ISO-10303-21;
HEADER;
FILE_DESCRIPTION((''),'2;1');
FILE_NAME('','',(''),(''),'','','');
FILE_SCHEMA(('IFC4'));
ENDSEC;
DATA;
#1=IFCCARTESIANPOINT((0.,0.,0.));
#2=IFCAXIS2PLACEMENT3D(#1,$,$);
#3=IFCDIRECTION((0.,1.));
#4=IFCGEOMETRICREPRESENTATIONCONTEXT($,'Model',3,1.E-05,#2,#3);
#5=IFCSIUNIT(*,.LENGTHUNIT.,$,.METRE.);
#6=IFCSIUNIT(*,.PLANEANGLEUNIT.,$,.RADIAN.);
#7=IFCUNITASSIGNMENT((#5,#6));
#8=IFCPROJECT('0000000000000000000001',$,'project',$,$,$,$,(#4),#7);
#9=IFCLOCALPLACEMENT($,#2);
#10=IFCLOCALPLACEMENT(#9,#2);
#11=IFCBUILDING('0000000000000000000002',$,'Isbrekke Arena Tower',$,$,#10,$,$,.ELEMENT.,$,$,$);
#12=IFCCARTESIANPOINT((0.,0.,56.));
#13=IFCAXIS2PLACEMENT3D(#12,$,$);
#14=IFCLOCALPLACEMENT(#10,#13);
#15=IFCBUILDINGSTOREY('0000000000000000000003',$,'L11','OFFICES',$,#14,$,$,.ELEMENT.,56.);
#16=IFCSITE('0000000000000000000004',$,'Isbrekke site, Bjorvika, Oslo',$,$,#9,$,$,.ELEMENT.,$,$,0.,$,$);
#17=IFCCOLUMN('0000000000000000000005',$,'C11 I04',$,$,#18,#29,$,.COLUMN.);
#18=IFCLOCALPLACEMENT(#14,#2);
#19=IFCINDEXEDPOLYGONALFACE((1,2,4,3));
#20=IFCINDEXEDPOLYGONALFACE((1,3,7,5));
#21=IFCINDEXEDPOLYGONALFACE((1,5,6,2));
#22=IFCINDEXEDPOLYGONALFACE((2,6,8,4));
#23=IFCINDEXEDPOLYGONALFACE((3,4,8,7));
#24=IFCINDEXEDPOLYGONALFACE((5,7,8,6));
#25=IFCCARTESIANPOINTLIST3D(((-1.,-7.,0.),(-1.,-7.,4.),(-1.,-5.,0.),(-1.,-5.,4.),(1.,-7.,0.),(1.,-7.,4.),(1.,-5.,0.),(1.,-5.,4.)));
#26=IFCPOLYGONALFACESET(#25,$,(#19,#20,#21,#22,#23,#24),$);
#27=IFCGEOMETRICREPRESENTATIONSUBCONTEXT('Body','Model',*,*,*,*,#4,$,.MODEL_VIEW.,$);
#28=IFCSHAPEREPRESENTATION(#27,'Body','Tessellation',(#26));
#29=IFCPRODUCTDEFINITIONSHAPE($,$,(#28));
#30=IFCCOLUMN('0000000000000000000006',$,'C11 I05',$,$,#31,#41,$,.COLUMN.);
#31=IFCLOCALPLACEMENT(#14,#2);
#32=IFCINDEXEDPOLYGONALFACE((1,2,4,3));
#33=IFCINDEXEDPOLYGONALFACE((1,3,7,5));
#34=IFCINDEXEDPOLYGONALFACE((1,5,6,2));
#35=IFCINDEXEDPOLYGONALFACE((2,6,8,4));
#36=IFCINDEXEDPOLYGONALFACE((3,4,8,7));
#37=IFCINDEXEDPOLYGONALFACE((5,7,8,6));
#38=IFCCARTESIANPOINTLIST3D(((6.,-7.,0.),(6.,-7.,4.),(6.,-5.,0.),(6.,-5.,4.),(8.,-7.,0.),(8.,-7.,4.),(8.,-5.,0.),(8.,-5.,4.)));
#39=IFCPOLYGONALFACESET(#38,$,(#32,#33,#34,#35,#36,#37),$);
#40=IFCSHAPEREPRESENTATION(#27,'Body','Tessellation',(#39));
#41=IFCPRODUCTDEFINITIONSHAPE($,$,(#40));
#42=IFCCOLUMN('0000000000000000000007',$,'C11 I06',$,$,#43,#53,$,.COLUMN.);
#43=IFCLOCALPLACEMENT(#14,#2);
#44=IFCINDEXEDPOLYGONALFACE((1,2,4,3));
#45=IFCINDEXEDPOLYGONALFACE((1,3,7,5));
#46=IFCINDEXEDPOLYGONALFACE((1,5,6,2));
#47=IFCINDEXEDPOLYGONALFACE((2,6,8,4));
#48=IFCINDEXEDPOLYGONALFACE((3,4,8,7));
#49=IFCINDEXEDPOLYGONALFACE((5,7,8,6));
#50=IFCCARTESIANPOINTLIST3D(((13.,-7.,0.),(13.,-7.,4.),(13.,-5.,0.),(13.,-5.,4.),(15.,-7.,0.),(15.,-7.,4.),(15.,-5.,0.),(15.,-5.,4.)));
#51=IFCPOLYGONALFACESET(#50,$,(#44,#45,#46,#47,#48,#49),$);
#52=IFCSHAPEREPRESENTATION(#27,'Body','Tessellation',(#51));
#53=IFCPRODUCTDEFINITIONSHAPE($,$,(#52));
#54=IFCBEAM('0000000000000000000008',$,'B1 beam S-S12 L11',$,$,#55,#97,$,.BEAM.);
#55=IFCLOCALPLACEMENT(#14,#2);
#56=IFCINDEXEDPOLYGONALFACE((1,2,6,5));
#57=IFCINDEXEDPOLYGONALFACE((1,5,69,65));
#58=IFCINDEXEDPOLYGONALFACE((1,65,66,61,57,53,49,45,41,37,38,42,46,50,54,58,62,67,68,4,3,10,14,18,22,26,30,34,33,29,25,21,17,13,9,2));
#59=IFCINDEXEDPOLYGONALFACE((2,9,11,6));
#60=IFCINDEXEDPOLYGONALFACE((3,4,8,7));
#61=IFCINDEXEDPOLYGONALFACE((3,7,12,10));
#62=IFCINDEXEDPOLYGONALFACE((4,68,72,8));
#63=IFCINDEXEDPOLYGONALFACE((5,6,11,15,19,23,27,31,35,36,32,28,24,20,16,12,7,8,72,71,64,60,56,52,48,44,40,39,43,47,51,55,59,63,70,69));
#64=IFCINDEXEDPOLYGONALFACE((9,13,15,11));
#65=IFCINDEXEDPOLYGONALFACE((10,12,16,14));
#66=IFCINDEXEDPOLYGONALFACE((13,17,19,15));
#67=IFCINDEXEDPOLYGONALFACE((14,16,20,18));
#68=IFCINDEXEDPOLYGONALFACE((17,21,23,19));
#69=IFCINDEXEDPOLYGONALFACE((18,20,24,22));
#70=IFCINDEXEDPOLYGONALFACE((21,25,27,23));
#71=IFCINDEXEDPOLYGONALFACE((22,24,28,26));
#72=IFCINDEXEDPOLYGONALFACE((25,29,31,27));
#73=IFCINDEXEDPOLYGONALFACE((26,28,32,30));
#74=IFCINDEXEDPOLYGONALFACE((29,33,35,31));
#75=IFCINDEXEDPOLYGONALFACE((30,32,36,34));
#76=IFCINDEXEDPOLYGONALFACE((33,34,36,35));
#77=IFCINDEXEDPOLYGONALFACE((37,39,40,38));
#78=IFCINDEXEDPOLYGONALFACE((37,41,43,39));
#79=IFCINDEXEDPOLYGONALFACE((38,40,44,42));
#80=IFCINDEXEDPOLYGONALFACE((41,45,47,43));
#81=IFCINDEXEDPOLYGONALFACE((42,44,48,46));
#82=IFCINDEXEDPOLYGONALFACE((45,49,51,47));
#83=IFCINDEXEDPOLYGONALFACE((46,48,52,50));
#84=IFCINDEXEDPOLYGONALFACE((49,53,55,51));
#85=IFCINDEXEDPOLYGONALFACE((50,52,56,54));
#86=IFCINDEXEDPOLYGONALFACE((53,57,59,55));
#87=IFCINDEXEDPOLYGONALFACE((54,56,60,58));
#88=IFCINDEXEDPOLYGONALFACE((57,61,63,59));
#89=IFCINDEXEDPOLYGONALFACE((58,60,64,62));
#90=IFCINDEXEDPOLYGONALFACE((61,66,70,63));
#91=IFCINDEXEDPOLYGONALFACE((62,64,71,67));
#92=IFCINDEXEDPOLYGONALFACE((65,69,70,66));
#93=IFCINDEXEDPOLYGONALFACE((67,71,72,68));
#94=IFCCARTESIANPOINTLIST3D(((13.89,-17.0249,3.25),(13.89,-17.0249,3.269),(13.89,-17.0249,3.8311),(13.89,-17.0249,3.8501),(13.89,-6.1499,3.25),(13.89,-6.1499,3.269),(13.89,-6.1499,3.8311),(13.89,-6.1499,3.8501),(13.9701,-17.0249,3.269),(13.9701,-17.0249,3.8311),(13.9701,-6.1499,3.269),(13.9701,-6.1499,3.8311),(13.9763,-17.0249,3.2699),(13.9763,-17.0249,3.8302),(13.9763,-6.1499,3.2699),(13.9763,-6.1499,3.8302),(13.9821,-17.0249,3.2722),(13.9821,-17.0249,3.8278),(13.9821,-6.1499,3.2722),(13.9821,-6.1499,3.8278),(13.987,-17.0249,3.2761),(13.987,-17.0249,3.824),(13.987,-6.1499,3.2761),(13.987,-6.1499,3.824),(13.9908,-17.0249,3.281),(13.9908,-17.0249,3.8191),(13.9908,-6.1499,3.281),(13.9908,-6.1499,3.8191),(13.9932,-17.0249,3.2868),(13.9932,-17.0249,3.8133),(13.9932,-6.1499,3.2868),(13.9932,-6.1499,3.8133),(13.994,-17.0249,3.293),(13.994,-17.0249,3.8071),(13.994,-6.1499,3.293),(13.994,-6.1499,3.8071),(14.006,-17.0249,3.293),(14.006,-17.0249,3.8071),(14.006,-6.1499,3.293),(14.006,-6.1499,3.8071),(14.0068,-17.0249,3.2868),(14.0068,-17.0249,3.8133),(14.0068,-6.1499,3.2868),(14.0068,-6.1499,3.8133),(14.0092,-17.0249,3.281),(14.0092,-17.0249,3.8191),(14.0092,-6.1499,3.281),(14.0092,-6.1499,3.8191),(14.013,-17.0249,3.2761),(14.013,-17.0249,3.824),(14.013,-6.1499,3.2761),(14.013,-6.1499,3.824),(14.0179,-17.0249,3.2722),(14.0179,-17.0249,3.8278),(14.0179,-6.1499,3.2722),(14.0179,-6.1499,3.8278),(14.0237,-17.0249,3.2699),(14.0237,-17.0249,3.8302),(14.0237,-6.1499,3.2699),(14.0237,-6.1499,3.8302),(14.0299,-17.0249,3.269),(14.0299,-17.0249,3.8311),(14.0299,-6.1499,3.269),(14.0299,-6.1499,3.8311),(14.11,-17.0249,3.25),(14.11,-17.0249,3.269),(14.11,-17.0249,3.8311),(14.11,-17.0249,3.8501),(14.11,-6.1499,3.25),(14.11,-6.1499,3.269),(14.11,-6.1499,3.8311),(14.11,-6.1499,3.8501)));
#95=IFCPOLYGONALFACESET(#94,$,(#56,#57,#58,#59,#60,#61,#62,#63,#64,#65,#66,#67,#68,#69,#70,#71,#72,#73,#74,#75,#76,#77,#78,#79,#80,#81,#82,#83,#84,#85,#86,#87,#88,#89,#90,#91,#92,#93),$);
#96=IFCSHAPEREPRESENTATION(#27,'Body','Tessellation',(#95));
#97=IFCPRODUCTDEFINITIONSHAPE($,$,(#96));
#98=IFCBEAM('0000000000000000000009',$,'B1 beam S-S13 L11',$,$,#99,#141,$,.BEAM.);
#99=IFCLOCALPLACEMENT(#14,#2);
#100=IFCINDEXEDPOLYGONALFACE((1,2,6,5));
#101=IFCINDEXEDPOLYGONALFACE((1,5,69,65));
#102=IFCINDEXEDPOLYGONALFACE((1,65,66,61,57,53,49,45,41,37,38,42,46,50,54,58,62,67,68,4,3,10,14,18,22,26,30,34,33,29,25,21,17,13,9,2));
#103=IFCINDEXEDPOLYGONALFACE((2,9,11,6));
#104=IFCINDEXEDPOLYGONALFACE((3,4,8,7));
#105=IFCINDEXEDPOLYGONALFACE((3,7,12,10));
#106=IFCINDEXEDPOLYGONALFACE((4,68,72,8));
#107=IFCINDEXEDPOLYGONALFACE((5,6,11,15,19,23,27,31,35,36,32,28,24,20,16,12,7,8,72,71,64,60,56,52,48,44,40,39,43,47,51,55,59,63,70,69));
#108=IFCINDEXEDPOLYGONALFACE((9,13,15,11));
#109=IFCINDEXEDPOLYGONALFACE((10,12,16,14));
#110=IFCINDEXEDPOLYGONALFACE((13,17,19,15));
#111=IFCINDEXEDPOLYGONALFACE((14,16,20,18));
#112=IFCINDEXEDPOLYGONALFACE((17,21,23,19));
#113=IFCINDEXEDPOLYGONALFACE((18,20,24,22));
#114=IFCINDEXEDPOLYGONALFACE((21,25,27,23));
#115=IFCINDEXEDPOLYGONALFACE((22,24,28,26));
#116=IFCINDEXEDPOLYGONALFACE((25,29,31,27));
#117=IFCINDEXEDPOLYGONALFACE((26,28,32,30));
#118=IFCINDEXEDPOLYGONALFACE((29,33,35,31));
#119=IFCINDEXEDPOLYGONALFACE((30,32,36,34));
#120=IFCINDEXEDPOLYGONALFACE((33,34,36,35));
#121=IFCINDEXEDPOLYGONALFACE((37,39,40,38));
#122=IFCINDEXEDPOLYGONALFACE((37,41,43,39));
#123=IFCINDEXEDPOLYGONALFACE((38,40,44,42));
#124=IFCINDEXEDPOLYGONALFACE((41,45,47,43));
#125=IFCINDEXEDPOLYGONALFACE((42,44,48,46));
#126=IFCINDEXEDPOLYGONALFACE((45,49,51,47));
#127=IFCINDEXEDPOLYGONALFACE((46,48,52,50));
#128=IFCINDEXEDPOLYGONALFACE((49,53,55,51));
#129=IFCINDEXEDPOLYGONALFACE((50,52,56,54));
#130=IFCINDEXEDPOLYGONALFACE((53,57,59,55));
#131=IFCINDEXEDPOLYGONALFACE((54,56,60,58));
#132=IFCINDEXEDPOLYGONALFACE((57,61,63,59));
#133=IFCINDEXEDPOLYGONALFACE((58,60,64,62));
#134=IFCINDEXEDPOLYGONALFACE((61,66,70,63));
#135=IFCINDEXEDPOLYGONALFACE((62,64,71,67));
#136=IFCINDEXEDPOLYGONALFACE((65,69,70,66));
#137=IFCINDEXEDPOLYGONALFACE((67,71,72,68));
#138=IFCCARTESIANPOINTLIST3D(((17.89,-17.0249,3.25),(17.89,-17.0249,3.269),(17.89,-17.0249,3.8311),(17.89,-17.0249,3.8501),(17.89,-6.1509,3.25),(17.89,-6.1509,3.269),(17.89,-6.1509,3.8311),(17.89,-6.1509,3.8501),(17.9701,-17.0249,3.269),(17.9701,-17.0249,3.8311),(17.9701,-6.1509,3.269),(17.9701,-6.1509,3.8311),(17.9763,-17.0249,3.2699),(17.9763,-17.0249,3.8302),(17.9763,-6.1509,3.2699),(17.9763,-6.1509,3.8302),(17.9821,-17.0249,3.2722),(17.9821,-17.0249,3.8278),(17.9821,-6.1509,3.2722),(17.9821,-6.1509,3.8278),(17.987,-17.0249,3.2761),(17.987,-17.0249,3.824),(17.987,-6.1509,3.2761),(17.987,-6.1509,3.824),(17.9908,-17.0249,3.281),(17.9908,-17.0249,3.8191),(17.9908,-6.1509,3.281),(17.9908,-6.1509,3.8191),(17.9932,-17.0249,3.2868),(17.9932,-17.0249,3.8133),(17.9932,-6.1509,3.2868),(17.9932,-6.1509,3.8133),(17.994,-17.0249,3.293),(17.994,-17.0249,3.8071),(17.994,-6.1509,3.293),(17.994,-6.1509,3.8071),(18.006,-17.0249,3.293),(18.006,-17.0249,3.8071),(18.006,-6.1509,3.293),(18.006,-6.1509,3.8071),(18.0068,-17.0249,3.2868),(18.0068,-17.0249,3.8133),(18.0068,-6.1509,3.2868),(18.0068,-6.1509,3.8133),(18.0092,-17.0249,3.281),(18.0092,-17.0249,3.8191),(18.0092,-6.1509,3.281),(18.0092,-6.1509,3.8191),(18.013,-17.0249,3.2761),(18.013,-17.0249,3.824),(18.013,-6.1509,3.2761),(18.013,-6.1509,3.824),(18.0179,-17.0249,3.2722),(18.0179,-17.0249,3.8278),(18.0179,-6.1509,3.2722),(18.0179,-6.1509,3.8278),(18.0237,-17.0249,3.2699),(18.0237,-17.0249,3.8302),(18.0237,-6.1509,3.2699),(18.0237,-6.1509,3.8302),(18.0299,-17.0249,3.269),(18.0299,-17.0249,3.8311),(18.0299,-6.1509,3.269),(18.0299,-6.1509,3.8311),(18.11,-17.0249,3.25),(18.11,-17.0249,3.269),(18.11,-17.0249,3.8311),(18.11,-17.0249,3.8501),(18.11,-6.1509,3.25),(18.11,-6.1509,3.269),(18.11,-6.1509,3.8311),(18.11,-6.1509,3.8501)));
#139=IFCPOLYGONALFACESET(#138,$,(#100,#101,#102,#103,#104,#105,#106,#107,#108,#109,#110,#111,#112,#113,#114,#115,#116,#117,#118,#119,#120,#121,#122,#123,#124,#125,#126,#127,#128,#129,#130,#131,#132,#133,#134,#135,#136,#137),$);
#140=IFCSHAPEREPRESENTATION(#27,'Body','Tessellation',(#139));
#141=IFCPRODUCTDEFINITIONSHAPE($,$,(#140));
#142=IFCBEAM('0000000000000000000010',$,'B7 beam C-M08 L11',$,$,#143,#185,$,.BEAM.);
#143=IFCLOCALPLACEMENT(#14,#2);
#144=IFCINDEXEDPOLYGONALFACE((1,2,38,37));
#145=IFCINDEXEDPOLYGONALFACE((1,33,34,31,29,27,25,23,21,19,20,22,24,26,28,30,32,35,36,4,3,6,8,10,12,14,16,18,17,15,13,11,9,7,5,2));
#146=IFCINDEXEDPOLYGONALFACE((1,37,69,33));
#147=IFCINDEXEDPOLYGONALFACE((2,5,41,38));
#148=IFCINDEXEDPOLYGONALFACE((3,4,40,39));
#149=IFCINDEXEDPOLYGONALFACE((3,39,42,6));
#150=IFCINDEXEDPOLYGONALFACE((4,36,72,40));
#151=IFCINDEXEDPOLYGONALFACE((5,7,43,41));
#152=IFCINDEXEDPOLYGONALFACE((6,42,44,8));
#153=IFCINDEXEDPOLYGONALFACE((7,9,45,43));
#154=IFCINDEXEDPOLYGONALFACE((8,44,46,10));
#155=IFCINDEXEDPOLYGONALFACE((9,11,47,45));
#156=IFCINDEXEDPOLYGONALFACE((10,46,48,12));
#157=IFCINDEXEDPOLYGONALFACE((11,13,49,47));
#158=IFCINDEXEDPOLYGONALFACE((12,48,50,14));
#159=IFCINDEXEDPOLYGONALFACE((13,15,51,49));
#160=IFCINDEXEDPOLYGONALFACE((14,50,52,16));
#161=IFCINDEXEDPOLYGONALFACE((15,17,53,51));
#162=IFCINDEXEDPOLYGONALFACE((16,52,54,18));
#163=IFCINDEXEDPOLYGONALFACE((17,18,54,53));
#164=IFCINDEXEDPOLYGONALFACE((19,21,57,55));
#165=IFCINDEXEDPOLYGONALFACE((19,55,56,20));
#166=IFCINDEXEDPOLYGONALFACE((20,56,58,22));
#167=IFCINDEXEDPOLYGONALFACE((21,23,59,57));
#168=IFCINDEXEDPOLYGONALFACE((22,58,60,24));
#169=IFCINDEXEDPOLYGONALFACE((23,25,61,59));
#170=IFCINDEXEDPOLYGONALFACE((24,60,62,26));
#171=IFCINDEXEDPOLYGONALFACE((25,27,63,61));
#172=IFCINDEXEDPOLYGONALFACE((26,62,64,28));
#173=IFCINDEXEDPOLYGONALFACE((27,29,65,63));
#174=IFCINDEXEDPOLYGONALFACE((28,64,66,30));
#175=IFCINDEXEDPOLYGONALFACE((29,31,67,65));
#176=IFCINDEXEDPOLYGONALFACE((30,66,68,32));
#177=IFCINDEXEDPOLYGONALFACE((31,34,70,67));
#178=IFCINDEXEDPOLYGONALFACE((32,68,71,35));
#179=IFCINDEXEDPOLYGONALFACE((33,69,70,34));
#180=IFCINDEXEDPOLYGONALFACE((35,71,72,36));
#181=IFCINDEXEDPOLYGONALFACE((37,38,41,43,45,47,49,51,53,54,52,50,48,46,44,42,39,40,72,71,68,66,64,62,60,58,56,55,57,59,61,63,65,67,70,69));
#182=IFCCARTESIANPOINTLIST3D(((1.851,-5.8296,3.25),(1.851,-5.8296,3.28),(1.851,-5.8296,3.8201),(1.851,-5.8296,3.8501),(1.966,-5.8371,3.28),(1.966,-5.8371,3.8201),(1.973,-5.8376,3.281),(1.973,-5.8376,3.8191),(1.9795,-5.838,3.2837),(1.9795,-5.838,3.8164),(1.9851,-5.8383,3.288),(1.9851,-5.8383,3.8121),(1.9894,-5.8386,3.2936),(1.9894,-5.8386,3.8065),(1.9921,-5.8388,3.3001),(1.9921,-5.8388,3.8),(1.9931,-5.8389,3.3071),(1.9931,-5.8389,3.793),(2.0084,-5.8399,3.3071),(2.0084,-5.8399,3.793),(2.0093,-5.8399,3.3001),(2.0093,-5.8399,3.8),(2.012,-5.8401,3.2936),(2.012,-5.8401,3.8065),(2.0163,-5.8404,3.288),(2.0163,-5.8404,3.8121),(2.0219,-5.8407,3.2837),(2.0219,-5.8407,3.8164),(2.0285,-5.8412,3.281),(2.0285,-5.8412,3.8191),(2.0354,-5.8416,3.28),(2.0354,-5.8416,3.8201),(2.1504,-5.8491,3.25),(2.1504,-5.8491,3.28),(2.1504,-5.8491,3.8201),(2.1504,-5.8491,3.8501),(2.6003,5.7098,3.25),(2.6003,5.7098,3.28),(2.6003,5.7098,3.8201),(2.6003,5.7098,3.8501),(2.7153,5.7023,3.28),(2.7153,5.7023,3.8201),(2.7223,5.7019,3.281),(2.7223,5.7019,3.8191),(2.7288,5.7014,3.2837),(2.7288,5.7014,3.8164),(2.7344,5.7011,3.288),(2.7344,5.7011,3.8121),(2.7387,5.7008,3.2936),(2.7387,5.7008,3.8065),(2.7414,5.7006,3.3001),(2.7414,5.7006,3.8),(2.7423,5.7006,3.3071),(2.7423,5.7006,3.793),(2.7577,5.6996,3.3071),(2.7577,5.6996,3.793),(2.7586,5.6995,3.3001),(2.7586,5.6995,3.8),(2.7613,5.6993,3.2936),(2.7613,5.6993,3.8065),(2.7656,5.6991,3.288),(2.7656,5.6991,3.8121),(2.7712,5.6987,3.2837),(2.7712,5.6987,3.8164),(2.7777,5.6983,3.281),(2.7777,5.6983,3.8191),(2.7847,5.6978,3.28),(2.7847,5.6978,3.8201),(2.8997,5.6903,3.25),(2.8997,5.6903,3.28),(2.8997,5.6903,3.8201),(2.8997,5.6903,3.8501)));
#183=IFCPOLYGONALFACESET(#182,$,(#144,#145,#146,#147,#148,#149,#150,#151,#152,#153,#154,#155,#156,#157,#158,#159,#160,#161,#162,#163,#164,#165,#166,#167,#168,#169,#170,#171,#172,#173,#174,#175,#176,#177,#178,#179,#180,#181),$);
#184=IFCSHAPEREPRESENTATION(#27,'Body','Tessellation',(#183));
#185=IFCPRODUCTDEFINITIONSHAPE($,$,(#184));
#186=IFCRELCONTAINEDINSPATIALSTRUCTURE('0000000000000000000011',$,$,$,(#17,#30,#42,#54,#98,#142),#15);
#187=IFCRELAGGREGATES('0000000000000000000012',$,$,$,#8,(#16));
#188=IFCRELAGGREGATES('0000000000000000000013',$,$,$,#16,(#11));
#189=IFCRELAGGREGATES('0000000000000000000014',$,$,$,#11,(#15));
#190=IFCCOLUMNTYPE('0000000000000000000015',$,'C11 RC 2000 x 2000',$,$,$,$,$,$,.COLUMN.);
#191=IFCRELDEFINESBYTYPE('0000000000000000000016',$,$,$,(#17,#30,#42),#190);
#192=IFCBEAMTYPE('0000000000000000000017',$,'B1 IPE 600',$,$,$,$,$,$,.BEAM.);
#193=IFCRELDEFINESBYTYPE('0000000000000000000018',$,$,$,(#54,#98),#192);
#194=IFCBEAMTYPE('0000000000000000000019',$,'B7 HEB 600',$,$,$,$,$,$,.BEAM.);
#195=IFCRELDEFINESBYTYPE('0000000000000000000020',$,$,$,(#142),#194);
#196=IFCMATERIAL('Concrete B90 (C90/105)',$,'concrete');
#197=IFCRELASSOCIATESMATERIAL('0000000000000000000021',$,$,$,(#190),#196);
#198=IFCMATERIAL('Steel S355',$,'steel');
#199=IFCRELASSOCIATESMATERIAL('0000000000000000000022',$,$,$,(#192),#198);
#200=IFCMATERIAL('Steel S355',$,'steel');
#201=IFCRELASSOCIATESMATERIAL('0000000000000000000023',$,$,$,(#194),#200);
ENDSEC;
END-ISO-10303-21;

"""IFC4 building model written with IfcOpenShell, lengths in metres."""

from ifc_helpers import new_model, si_unit, direction, frame, origin, origin_2d, place, context, subcontext, project, spatial, rectangle, i_section, extrude, material, material_profile, profile_set, type_object, element, save


model = new_model("IFC4")

# Units and contexts
model_context = context("Model", 3, precision=1e-05, world=origin(), true_north=direction((0.0, 1.0)))
body_context = subcontext(model_context, "Body", "Model", "MODEL_VIEW")
ifc_project = project(units=[si_unit("LENGTHUNIT", "METRE"), si_unit("PLANEANGLEUNIT", "RADIAN")], contexts=[model_context])

# Site, building, storey
site_placement = place(None, origin())
site = spatial("IfcSite", under=ifc_project, at=site_placement, Name="Isbrekke site, Bjorvika, Oslo", CompositionType="ELEMENT", RefElevation=0.0)
building_placement = place(site_placement, origin())
building = spatial("IfcBuilding", under=site, at=building_placement, Name="Isbrekke Arena Tower", CompositionType="ELEMENT")
storey_placement = place(building_placement, frame((0.0, 0.0, 56.0)))
storey = spatial("IfcBuildingStorey", under=building, at=storey_placement, Name="L11", Description="OFFICES", CompositionType="ELEMENT", Elevation=56.0)

# Columns
ifc_material_1 = material(Name="Concrete B90 (C90/105)", Category="concrete")
ifc_material_profile_1 = material_profile(ifc_material_1, rectangle(XDim=2.0, YDim=2.0, at=origin_2d()), Name="RC 2000x2000")
ifc_profile_set_1 = profile_set([ifc_material_profile_1], Name="Concrete B90 (C90/105)")
column_type = type_object("IfcColumnType", Name="C11 RC 2000 x 2000", PredefinedType="COLUMN", material=ifc_profile_set_1)
for number, where, z_axis, x_axis, name in (
    (1, (0.0, -6.0, 0.0), (0.0, 0.0, 1.0), (1.0, 0.0, 0.0), "C11 I04"),
    (2, (7.0, -6.0, 0.0), (0.0, 0.0, 1.0), (1.0, 0.0, 0.0), "C11 I05"),
    (3, (14.0, -6.0, 0.0), (0.0, 0.0, 1.0), (1.0, 0.0, 0.0), "C11 I06"),
):
    element("IfcColumn", number, at=place(storey_placement, frame(where, z_axis=z_axis, x_axis=x_axis)), inside=storey, type_object=column_type, Name=name, PredefinedType="COLUMN", context=body_context, shape_type="SweptSolid", body=[
        extrude(rectangle(XDim=2.0, YDim=2.0, at=origin_2d()), origin(), (0.0, 0.0, 1.0), 4.0),
    ])

# Beams
ifc_material_2 = material(Name="Steel S355", Category="steel")
ifc_material_profile_2 = material_profile(ifc_material_2, i_section(OverallWidth=0.22, OverallDepth=0.6001, WebThickness=0.012, FlangeThickness=0.019, FilletRadius=0.0239, at=origin_2d()), Name="IPE 600")
ifc_profile_set_2 = profile_set([ifc_material_profile_2], Name="Steel S355")
beam_type_1 = type_object("IfcBeamType", Name="B1 IPE 600", PredefinedType="BEAM", material=ifc_profile_set_2)
beam_1_placement = place(storey_placement, frame((14.0, -17.0249, 3.55), z_axis=(0.0, 1.0, 0.0), x_axis=(-1.0, 0.0, 0.0)))
element("IfcBeam", 4, at=beam_1_placement, inside=storey, type_object=beam_type_1, Name="B1 beam S-S12 L11", PredefinedType="BEAM", context=body_context, shape_type="SweptSolid", body=[
    extrude(i_section(OverallWidth=0.22, OverallDepth=0.6001, WebThickness=0.012, FlangeThickness=0.019, FilletRadius=0.0239, at=origin_2d()), origin(), (0.0, 0.0, 1.0), 10.875),
])
beam_2_placement = place(storey_placement, frame((18.0, -17.0249, 3.55), z_axis=(0.0, 1.0, 0.0), x_axis=(-1.0, 0.0, 0.0)))
element("IfcBeam", 5, at=beam_2_placement, inside=storey, type_object=beam_type_1, Name="B1 beam S-S13 L11", PredefinedType="BEAM", context=body_context, shape_type="SweptSolid", body=[
    extrude(i_section(OverallWidth=0.22, OverallDepth=0.6001, WebThickness=0.012, FlangeThickness=0.019, FilletRadius=0.0239, at=origin_2d()), origin(), (0.0, 0.0, 1.0), 10.874),
])
ifc_material_3 = material(Name="Steel S355", Category="steel")
ifc_material_profile_3 = material_profile(ifc_material_3, i_section(OverallWidth=0.3, OverallDepth=0.6001, WebThickness=0.0154, FlangeThickness=0.03, FilletRadius=0.0271, at=origin_2d()), Name="HEB 600")
ifc_profile_set_3 = profile_set([ifc_material_profile_3], Name="Steel S355")
beam_type_2 = type_object("IfcBeamType", Name="B7 HEB 600", PredefinedType="BEAM", material=ifc_profile_set_3)
beam_3_placement = place(storey_placement, frame((2.0007, -5.8394, 3.55), z_axis=(0.064795, 0.997899, 0.0), x_axis=(-0.997899, 0.064795, 0.0)))
element("IfcBeam", 6, at=beam_3_placement, inside=storey, type_object=beam_type_2, Name="B7 beam C-M08 L11", PredefinedType="BEAM", context=body_context, shape_type="SweptSolid", body=[
    extrude(i_section(OverallWidth=0.3, OverallDepth=0.6001, WebThickness=0.0154, FlangeThickness=0.03, FilletRadius=0.0271, at=origin_2d()), origin(), (0.0, 0.0, 1.0), 11.5637),
])

save(model, "model.ifc")
